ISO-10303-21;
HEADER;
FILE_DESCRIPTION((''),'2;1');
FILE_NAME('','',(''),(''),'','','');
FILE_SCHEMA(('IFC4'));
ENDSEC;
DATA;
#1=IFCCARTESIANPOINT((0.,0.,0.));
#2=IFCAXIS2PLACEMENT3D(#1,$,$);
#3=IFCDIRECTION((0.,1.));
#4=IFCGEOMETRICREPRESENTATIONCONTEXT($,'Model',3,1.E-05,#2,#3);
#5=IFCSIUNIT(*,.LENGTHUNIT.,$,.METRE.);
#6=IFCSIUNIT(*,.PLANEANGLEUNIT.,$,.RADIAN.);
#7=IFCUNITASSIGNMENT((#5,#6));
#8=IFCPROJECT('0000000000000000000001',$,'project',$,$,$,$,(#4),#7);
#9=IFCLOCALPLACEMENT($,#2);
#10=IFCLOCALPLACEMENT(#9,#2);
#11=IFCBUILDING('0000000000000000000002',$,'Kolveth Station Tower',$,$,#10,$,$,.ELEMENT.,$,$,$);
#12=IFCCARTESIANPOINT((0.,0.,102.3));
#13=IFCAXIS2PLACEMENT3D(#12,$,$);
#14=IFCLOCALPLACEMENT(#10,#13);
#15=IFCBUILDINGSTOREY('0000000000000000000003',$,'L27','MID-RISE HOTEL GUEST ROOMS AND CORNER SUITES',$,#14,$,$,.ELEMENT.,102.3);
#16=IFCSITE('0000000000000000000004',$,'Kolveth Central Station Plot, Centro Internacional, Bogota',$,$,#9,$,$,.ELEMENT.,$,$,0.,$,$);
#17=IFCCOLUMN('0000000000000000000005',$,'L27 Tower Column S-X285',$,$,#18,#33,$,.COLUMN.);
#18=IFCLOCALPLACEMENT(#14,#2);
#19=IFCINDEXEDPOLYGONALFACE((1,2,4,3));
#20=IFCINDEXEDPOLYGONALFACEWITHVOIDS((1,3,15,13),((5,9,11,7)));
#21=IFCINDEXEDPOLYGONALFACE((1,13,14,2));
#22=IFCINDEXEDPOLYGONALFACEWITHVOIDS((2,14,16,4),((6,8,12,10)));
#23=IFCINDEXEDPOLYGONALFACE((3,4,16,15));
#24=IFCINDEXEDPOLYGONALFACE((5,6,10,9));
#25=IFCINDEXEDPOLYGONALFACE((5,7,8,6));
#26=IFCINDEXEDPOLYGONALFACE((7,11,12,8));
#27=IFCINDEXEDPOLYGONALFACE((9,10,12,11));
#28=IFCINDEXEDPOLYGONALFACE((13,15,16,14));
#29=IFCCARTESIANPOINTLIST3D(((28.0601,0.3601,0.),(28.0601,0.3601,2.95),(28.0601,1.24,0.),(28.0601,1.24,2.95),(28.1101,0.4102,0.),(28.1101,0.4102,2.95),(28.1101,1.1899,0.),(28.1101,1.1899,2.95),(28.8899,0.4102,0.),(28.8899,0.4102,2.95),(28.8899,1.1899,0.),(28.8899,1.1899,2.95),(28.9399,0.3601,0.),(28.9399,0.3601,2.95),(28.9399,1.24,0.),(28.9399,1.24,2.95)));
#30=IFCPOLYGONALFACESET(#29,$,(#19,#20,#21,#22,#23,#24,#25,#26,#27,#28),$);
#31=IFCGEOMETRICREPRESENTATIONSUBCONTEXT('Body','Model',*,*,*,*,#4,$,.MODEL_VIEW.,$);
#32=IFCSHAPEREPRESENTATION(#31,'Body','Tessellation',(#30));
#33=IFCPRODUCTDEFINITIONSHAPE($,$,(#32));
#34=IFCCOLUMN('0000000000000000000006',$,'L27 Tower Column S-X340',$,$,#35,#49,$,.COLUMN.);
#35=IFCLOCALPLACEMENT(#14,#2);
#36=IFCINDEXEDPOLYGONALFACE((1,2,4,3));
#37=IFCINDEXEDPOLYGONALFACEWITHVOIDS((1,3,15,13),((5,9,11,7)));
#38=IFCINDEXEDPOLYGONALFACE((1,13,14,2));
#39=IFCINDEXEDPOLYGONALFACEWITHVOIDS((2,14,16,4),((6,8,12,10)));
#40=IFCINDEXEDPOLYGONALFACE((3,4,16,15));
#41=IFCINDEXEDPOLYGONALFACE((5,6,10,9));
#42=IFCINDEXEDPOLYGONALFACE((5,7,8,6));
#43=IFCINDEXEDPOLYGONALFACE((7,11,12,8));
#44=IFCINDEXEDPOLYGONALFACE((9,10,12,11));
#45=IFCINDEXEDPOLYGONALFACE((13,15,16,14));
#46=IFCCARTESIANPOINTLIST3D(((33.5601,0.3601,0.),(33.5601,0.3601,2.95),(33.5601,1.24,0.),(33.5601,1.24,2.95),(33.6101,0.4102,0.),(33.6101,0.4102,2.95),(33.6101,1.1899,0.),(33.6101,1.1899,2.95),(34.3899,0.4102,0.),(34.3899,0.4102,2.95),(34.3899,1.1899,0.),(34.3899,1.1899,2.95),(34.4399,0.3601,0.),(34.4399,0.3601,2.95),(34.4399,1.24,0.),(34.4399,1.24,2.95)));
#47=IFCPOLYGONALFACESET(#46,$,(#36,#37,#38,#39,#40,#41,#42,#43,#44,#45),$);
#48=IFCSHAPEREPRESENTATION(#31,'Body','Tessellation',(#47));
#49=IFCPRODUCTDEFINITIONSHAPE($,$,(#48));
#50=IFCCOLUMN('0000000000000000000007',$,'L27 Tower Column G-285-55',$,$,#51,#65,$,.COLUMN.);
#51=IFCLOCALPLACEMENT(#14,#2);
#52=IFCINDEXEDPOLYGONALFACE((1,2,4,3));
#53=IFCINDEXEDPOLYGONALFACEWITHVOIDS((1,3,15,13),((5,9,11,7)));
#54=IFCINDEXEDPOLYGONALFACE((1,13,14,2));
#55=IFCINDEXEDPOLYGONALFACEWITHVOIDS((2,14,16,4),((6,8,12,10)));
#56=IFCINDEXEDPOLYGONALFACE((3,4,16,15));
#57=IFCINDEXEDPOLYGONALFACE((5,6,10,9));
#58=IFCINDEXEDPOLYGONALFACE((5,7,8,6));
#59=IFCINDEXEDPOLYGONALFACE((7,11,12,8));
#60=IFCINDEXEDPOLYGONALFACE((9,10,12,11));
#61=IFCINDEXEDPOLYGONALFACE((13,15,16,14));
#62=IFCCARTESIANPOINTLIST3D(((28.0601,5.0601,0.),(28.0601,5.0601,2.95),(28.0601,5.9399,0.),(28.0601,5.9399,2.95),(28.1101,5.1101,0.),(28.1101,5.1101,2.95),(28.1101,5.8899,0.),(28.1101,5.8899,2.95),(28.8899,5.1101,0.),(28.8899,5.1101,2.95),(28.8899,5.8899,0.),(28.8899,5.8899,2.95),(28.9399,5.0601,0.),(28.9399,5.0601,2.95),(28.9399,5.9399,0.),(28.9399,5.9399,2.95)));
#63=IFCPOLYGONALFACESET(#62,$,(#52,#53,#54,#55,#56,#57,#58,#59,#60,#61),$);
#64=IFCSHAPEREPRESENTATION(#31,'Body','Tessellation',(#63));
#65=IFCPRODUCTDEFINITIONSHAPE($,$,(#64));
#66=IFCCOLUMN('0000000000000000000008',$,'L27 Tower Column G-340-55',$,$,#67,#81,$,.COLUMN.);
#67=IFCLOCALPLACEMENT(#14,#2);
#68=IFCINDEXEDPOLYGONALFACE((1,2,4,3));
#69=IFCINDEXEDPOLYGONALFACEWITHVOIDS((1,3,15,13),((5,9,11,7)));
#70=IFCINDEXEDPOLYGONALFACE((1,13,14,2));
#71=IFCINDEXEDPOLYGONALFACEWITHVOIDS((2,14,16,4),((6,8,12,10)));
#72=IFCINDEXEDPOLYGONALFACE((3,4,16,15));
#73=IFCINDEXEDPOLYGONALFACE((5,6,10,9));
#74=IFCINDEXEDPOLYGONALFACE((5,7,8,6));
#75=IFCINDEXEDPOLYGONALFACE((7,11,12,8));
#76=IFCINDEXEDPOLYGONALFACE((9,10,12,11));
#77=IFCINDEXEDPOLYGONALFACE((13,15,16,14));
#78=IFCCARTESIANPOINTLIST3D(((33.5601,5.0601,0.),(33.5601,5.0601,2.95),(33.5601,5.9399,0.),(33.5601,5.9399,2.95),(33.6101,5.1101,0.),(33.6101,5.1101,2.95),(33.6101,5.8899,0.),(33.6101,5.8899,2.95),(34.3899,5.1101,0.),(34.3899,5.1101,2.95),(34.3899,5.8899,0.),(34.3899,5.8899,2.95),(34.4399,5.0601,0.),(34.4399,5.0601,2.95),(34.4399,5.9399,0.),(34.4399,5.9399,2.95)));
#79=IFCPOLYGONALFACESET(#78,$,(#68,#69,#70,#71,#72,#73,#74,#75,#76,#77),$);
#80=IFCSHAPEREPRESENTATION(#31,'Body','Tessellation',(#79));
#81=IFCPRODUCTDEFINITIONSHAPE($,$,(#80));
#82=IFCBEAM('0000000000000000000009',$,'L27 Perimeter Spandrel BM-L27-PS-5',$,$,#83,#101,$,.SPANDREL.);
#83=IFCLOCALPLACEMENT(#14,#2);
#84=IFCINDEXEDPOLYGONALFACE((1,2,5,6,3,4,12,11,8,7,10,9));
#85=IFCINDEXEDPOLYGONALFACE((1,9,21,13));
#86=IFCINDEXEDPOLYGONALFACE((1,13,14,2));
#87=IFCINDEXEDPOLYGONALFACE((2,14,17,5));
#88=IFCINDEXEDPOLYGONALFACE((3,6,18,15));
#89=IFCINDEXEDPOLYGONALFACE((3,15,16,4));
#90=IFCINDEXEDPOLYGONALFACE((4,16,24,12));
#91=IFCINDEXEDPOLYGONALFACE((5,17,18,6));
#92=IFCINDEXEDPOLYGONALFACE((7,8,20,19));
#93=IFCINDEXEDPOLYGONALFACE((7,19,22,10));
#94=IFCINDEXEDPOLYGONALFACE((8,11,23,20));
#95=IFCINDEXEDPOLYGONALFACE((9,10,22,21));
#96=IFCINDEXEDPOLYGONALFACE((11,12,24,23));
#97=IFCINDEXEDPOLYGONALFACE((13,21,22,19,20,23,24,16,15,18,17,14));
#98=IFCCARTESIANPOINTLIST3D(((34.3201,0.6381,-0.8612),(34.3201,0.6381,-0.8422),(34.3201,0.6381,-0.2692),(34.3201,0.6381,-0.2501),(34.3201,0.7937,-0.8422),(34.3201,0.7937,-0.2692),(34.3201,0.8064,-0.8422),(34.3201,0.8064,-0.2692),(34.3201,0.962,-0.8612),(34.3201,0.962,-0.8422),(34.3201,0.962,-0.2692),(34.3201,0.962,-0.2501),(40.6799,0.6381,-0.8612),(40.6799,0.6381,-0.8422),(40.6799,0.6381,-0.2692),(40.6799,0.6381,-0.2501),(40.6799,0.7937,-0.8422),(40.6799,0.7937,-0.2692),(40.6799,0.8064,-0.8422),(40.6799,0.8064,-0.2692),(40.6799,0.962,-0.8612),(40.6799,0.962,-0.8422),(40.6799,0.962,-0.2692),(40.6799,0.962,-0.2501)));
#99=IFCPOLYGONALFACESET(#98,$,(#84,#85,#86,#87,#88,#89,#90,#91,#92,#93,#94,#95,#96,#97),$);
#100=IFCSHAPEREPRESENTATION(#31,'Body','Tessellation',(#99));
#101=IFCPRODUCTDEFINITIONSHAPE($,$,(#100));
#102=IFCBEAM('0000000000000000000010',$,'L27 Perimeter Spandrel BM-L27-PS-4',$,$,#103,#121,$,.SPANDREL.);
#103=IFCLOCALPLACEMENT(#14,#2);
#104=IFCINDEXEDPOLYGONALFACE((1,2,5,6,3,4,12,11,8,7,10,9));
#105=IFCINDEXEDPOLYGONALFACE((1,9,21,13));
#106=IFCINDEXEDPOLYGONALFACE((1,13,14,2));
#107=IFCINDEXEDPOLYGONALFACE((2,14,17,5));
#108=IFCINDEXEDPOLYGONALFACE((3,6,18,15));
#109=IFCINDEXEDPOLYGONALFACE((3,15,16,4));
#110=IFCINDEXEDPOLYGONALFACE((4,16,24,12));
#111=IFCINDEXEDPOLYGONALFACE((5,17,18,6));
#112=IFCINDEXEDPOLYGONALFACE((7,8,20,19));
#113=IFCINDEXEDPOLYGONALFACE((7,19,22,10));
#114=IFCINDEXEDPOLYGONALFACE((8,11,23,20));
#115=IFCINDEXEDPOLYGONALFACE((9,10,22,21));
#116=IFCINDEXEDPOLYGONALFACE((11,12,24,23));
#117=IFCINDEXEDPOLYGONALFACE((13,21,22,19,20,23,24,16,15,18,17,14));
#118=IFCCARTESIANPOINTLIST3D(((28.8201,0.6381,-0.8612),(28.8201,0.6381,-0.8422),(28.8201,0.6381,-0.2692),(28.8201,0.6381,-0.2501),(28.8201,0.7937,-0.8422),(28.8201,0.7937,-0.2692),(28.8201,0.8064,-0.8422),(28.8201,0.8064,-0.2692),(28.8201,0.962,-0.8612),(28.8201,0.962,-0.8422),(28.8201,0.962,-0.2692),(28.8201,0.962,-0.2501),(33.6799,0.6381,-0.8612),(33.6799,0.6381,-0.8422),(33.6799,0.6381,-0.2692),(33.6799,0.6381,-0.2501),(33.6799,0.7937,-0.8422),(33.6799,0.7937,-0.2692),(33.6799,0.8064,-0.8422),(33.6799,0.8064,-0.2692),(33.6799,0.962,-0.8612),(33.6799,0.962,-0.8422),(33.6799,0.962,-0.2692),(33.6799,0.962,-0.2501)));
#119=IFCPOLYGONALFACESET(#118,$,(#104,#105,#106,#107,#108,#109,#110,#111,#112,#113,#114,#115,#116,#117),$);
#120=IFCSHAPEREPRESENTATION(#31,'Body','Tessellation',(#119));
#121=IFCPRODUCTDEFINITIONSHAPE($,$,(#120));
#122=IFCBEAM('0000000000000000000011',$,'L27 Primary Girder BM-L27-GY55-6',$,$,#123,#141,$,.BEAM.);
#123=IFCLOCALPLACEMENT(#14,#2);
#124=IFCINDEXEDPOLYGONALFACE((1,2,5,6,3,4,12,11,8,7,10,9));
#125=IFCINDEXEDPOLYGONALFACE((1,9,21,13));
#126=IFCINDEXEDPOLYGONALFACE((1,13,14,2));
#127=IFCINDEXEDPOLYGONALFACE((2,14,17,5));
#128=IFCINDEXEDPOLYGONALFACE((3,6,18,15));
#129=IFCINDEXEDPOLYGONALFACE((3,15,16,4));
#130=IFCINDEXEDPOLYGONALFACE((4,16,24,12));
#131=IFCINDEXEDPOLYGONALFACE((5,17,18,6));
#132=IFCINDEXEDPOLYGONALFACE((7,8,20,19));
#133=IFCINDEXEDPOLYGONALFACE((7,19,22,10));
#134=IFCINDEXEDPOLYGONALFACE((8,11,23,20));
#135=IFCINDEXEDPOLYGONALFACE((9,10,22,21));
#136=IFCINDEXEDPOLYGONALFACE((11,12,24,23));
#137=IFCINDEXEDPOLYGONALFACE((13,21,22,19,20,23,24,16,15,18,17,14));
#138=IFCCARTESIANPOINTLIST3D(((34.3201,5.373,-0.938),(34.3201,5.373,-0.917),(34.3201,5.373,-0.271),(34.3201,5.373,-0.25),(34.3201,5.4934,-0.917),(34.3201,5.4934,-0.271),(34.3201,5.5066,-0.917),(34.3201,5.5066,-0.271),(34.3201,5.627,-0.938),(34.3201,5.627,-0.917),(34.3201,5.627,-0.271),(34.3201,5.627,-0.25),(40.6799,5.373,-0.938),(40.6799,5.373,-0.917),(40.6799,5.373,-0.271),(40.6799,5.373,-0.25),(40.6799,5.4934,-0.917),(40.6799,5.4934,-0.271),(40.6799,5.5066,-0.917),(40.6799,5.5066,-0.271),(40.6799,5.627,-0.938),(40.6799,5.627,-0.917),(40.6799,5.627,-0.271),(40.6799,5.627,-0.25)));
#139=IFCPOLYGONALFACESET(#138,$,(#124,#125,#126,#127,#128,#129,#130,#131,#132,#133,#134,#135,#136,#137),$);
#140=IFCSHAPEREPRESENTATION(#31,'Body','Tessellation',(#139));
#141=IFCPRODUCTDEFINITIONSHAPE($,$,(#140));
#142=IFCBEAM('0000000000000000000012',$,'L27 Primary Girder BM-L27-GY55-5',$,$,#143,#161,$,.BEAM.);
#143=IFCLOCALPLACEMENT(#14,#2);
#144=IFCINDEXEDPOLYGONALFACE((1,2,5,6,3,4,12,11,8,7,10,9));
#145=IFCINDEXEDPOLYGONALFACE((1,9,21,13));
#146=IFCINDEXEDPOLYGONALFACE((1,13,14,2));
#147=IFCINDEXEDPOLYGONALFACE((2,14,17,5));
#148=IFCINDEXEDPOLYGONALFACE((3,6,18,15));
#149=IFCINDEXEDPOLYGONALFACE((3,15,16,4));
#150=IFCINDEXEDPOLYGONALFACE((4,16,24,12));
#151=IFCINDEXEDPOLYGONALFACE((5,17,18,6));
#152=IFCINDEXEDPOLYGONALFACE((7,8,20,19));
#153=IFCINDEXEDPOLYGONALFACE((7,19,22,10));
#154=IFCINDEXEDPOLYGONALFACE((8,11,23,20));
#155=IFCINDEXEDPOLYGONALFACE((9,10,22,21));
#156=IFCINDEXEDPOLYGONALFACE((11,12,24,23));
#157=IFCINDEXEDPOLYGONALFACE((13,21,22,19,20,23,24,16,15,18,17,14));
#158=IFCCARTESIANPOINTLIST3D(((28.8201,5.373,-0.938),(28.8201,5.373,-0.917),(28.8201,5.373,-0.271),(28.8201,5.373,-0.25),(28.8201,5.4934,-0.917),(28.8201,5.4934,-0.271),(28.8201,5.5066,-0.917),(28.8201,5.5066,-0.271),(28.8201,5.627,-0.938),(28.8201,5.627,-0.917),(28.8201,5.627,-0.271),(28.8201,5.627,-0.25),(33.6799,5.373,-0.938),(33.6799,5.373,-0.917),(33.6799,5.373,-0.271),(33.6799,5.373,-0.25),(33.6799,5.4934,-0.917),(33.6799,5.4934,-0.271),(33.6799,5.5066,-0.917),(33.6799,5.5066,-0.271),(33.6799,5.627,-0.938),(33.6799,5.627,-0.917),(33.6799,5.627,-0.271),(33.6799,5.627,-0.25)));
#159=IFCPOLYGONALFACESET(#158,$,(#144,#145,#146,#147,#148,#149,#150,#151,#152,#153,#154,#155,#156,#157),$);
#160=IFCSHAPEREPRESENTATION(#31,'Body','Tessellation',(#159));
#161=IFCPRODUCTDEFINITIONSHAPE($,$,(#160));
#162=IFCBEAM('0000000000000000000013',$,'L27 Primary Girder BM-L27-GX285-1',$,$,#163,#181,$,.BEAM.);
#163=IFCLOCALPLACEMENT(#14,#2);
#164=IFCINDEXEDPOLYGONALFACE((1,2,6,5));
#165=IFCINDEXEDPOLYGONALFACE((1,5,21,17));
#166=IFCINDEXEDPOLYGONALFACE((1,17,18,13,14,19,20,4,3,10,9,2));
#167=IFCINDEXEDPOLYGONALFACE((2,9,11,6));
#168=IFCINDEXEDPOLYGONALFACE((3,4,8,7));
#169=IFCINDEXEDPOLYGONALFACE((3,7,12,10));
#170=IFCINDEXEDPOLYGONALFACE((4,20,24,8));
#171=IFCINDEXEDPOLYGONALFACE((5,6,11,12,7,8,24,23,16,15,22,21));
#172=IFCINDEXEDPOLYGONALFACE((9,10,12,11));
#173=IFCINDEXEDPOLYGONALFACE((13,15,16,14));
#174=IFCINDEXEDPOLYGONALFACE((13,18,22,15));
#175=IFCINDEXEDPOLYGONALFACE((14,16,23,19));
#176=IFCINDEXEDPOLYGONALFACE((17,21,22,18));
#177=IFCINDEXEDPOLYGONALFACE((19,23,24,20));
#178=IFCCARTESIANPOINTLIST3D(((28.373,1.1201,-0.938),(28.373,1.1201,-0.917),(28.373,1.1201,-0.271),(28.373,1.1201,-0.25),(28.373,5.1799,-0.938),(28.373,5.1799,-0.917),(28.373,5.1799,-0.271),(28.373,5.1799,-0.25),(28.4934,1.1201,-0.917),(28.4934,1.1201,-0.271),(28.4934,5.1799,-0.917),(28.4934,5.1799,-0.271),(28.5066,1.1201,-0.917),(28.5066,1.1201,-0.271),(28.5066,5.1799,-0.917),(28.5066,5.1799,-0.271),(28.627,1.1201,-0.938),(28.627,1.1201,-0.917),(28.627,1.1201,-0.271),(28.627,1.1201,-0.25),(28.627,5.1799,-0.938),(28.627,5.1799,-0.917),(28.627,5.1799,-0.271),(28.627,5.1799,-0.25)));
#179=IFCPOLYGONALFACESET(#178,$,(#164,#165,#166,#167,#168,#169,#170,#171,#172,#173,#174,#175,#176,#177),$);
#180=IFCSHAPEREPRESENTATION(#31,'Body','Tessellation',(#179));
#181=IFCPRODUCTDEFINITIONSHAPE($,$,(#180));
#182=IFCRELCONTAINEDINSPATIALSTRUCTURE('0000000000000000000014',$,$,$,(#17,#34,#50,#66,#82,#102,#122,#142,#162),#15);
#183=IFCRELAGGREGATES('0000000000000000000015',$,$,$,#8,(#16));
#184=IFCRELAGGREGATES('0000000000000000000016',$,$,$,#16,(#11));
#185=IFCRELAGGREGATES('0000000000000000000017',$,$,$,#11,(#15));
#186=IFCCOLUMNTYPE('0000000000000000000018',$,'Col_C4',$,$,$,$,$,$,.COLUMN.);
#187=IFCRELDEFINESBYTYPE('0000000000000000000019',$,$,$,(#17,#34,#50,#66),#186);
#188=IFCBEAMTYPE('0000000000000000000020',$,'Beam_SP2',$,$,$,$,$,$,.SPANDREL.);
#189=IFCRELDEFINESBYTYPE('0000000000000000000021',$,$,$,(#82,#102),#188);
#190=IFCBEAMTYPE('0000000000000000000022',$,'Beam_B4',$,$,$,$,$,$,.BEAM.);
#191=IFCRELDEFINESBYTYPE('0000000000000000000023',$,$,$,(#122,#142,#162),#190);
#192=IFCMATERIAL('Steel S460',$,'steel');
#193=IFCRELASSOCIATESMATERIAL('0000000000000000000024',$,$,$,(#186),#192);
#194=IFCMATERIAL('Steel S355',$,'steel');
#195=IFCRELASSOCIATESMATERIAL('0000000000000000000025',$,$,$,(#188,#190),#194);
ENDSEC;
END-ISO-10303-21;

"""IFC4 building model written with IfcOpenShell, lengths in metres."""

from ifc_helpers import new_model, si_unit, direction, frame, origin, origin_2d, place, context, subcontext, project, spatial, hollow_rectangle, i_section, extrude, source, transform, mapped, material, material_profile, profile_set, type_object, element, save


model = new_model("IFC4")

# Units and contexts
model_context = context("Model", 3, precision=1e-05, world=origin(), true_north=direction((0.0, 1.0)))
body_context = subcontext(model_context, "Body", "Model", "MODEL_VIEW")
ifc_project = project(units=[si_unit("LENGTHUNIT", "METRE"), si_unit("PLANEANGLEUNIT", "RADIAN")], contexts=[model_context])

# Site, building, storey
site_placement = place(None, origin())
site = spatial("IfcSite", under=ifc_project, at=site_placement, Name="Kolveth Central Station Plot, Centro Internacional, Bogota", CompositionType="ELEMENT", RefElevation=0.0)
building_placement = place(site_placement, origin())
building = spatial("IfcBuilding", under=site, at=building_placement, Name="Kolveth Station Tower", CompositionType="ELEMENT")
storey_placement = place(building_placement, frame((0.0, 0.0, 102.3)))
storey = spatial("IfcBuildingStorey", under=building, at=storey_placement, Name="L27", Description="MID-RISE HOTEL GUEST ROOMS AND CORNER SUITES", CompositionType="ELEMENT", Elevation=102.3)

# Columns
ifc_material_1 = material(Name="Steel S460", Category="steel")
ifc_material_profile_1 = material_profile(ifc_material_1, hollow_rectangle(XDim=0.8799, YDim=0.8799, WallThickness=0.05, at=origin_2d()), Name="BOX880x880x50")
ifc_profile_set_1 = profile_set([ifc_material_profile_1], Name="Steel S460")
column_type = type_object("IfcColumnType", Name="Col_C4", PredefinedType="COLUMN", material=ifc_profile_set_1)
shared_shape_1 = source(origin(), body_context, "Body", "SweptSolid", [
    extrude(hollow_rectangle(XDim=0.8799, YDim=0.8799, WallThickness=0.05, at=origin_2d()), origin(), (0.0, 0.0, 1.0), 2.95),
])
for number, where, z_axis, x_axis, name in (
    (1, (28.5, 0.8, 0.0), (0.0, 0.0, 1.0), (1.0, 0.0, 0.0), "L27 Tower Column S-X285"),
    (2, (34.0, 0.8, 0.0), (0.0, 0.0, 1.0), (1.0, 0.0, 0.0), "L27 Tower Column S-X340"),
    (3, (28.5, 5.5, 0.0), (0.0, 0.0, 1.0), (1.0, 0.0, 0.0), "L27 Tower Column G-285-55"),
    (4, (34.0, 5.5, 0.0), (0.0, 0.0, 1.0), (1.0, 0.0, 0.0), "L27 Tower Column G-340-55"),
):
    element("IfcColumn", number, at=place(storey_placement, frame(where, z_axis=z_axis, x_axis=x_axis)), inside=storey, type_object=column_type, Name=name, PredefinedType="COLUMN", context=body_context, shape_type="MappedRepresentation", body=[
        mapped(shared_shape_1, transform((0.0, 0.0, 0.0), x_axis=(1.0, 0.0, 0.0), y_axis=(0.0, 1.0, 0.0), z_axis=(0.0, 0.0, 1.0), scale=1.0)),
    ])

# Beams
ifc_material_2 = material(Name="Steel S355", Category="steel")
ifc_material_profile_2 = material_profile(ifc_material_2, i_section(OverallWidth=0.324, OverallDepth=0.6111, WebThickness=0.0127, FlangeThickness=0.019, at=origin_2d()), Name="W610x155")
ifc_profile_set_2 = profile_set([ifc_material_profile_2], Name="Steel S355")
beam_type_1 = type_object("IfcBeamType", Name="Beam_SP2", PredefinedType="SPANDREL", material=ifc_profile_set_2)
shared_shape_2 = source(origin(), body_context, "Body", "SweptSolid", [
    extrude(i_section(OverallWidth=0.324, OverallDepth=0.6111, WebThickness=0.0127, FlangeThickness=0.019, at=origin_2d()), origin(), (0.0, 0.0, 1.0), 6.3599),
])
beam_1_placement = place(storey_placement, frame((34.3201, 0.8, -0.5557), z_axis=(1.0, 0.0, 0.0), x_axis=(0.0, 1.0, 0.0)))
element("IfcBeam", 5, at=beam_1_placement, inside=storey, type_object=beam_type_1, Name="L27 Perimeter Spandrel BM-L27-PS-5", PredefinedType="SPANDREL", context=body_context, shape_type="MappedRepresentation", body=[
    mapped(shared_shape_2, transform((0.0, 0.0, 0.0), x_axis=(1.0, 0.0, 0.0), y_axis=(0.0, 1.0, 0.0), z_axis=(0.0, 0.0, 1.0), scale=1.0)),
])
shared_shape_3 = source(origin(), body_context, "Body", "SweptSolid", [
    extrude(i_section(OverallWidth=0.324, OverallDepth=0.6111, WebThickness=0.0127, FlangeThickness=0.019, at=origin_2d()), origin(), (0.0, 0.0, 1.0), 4.8599),
])
beam_2_placement = place(storey_placement, frame((28.8201, 0.8, -0.5557), z_axis=(1.0, 0.0, 0.0), x_axis=(0.0, 1.0, 0.0)))
element("IfcBeam", 6, at=beam_2_placement, inside=storey, type_object=beam_type_1, Name="L27 Perimeter Spandrel BM-L27-PS-4", PredefinedType="SPANDREL", context=body_context, shape_type="MappedRepresentation", body=[
    mapped(shared_shape_3, transform((0.0, 0.0, 0.0), x_axis=(1.0, 0.0, 0.0), y_axis=(0.0, 1.0, 0.0), z_axis=(0.0, 0.0, 1.0), scale=1.0)),
])
ifc_material_profile_3 = material_profile(ifc_material_2, i_section(OverallWidth=0.2539, OverallDepth=0.688, WebThickness=0.0132, FlangeThickness=0.021, at=origin_2d()), Name="W690x152")
ifc_profile_set_3 = profile_set([ifc_material_profile_3], Name="Steel S355")
beam_type_2 = type_object("IfcBeamType", Name="Beam_B4", PredefinedType="BEAM", material=ifc_profile_set_3)
shared_shape_4 = source(origin(), body_context, "Body", "SweptSolid", [
    extrude(i_section(OverallWidth=0.2539, OverallDepth=0.688, WebThickness=0.0132, FlangeThickness=0.021, at=origin_2d()), origin(), (0.0, 0.0, 1.0), 6.3599),
])
beam_3_placement = place(storey_placement, frame((34.3201, 5.5, -0.594), z_axis=(1.0, 0.0, 0.0), x_axis=(0.0, 1.0, 0.0)))
element("IfcBeam", 7, at=beam_3_placement, inside=storey, type_object=beam_type_2, Name="L27 Primary Girder BM-L27-GY55-6", PredefinedType="BEAM", context=body_context, shape_type="MappedRepresentation", body=[
    mapped(shared_shape_4, transform((0.0, 0.0, 0.0), x_axis=(1.0, 0.0, 0.0), y_axis=(0.0, 1.0, 0.0), z_axis=(0.0, 0.0, 1.0), scale=1.0)),
])
shared_shape_5 = source(origin(), body_context, "Body", "SweptSolid", [
    extrude(i_section(OverallWidth=0.2539, OverallDepth=0.688, WebThickness=0.0132, FlangeThickness=0.021, at=origin_2d()), origin(), (0.0, 0.0, 1.0), 4.8599),
])
beam_4_placement = place(storey_placement, frame((28.8201, 5.5, -0.594), z_axis=(1.0, 0.0, 0.0), x_axis=(0.0, 1.0, 0.0)))
element("IfcBeam", 8, at=beam_4_placement, inside=storey, type_object=beam_type_2, Name="L27 Primary Girder BM-L27-GY55-5", PredefinedType="BEAM", context=body_context, shape_type="MappedRepresentation", body=[
    mapped(shared_shape_5, transform((0.0, 0.0, 0.0), x_axis=(1.0, 0.0, 0.0), y_axis=(0.0, 1.0, 0.0), z_axis=(0.0, 0.0, 1.0), scale=1.0)),
])
shared_shape_6 = source(origin(), body_context, "Body", "SweptSolid", [
    extrude(i_section(OverallWidth=0.2539, OverallDepth=0.688, WebThickness=0.0132, FlangeThickness=0.021, at=origin_2d()), origin(), (0.0, 0.0, 1.0), 4.0598),
])
for number, where, z_axis, x_axis, name in (
    (9, (28.5, 1.1201, -0.594), (0.0, 1.0, 0.0), (-1.0, 0.0, 0.0), "L27 Primary Girder BM-L27-GX285-1"),
):
    element("IfcBeam", number, at=place(storey_placement, frame(where, z_axis=z_axis, x_axis=x_axis)), inside=storey, type_object=beam_type_2, Name=name, PredefinedType="BEAM", context=body_context, shape_type="MappedRepresentation", body=[
        mapped(shared_shape_6, transform((0.0, 0.0, 0.0), x_axis=(1.0, 0.0, 0.0), y_axis=(0.0, 1.0, 0.0), z_axis=(0.0, 0.0, 1.0), scale=1.0)),
    ])

save(model, "model.ifc")
